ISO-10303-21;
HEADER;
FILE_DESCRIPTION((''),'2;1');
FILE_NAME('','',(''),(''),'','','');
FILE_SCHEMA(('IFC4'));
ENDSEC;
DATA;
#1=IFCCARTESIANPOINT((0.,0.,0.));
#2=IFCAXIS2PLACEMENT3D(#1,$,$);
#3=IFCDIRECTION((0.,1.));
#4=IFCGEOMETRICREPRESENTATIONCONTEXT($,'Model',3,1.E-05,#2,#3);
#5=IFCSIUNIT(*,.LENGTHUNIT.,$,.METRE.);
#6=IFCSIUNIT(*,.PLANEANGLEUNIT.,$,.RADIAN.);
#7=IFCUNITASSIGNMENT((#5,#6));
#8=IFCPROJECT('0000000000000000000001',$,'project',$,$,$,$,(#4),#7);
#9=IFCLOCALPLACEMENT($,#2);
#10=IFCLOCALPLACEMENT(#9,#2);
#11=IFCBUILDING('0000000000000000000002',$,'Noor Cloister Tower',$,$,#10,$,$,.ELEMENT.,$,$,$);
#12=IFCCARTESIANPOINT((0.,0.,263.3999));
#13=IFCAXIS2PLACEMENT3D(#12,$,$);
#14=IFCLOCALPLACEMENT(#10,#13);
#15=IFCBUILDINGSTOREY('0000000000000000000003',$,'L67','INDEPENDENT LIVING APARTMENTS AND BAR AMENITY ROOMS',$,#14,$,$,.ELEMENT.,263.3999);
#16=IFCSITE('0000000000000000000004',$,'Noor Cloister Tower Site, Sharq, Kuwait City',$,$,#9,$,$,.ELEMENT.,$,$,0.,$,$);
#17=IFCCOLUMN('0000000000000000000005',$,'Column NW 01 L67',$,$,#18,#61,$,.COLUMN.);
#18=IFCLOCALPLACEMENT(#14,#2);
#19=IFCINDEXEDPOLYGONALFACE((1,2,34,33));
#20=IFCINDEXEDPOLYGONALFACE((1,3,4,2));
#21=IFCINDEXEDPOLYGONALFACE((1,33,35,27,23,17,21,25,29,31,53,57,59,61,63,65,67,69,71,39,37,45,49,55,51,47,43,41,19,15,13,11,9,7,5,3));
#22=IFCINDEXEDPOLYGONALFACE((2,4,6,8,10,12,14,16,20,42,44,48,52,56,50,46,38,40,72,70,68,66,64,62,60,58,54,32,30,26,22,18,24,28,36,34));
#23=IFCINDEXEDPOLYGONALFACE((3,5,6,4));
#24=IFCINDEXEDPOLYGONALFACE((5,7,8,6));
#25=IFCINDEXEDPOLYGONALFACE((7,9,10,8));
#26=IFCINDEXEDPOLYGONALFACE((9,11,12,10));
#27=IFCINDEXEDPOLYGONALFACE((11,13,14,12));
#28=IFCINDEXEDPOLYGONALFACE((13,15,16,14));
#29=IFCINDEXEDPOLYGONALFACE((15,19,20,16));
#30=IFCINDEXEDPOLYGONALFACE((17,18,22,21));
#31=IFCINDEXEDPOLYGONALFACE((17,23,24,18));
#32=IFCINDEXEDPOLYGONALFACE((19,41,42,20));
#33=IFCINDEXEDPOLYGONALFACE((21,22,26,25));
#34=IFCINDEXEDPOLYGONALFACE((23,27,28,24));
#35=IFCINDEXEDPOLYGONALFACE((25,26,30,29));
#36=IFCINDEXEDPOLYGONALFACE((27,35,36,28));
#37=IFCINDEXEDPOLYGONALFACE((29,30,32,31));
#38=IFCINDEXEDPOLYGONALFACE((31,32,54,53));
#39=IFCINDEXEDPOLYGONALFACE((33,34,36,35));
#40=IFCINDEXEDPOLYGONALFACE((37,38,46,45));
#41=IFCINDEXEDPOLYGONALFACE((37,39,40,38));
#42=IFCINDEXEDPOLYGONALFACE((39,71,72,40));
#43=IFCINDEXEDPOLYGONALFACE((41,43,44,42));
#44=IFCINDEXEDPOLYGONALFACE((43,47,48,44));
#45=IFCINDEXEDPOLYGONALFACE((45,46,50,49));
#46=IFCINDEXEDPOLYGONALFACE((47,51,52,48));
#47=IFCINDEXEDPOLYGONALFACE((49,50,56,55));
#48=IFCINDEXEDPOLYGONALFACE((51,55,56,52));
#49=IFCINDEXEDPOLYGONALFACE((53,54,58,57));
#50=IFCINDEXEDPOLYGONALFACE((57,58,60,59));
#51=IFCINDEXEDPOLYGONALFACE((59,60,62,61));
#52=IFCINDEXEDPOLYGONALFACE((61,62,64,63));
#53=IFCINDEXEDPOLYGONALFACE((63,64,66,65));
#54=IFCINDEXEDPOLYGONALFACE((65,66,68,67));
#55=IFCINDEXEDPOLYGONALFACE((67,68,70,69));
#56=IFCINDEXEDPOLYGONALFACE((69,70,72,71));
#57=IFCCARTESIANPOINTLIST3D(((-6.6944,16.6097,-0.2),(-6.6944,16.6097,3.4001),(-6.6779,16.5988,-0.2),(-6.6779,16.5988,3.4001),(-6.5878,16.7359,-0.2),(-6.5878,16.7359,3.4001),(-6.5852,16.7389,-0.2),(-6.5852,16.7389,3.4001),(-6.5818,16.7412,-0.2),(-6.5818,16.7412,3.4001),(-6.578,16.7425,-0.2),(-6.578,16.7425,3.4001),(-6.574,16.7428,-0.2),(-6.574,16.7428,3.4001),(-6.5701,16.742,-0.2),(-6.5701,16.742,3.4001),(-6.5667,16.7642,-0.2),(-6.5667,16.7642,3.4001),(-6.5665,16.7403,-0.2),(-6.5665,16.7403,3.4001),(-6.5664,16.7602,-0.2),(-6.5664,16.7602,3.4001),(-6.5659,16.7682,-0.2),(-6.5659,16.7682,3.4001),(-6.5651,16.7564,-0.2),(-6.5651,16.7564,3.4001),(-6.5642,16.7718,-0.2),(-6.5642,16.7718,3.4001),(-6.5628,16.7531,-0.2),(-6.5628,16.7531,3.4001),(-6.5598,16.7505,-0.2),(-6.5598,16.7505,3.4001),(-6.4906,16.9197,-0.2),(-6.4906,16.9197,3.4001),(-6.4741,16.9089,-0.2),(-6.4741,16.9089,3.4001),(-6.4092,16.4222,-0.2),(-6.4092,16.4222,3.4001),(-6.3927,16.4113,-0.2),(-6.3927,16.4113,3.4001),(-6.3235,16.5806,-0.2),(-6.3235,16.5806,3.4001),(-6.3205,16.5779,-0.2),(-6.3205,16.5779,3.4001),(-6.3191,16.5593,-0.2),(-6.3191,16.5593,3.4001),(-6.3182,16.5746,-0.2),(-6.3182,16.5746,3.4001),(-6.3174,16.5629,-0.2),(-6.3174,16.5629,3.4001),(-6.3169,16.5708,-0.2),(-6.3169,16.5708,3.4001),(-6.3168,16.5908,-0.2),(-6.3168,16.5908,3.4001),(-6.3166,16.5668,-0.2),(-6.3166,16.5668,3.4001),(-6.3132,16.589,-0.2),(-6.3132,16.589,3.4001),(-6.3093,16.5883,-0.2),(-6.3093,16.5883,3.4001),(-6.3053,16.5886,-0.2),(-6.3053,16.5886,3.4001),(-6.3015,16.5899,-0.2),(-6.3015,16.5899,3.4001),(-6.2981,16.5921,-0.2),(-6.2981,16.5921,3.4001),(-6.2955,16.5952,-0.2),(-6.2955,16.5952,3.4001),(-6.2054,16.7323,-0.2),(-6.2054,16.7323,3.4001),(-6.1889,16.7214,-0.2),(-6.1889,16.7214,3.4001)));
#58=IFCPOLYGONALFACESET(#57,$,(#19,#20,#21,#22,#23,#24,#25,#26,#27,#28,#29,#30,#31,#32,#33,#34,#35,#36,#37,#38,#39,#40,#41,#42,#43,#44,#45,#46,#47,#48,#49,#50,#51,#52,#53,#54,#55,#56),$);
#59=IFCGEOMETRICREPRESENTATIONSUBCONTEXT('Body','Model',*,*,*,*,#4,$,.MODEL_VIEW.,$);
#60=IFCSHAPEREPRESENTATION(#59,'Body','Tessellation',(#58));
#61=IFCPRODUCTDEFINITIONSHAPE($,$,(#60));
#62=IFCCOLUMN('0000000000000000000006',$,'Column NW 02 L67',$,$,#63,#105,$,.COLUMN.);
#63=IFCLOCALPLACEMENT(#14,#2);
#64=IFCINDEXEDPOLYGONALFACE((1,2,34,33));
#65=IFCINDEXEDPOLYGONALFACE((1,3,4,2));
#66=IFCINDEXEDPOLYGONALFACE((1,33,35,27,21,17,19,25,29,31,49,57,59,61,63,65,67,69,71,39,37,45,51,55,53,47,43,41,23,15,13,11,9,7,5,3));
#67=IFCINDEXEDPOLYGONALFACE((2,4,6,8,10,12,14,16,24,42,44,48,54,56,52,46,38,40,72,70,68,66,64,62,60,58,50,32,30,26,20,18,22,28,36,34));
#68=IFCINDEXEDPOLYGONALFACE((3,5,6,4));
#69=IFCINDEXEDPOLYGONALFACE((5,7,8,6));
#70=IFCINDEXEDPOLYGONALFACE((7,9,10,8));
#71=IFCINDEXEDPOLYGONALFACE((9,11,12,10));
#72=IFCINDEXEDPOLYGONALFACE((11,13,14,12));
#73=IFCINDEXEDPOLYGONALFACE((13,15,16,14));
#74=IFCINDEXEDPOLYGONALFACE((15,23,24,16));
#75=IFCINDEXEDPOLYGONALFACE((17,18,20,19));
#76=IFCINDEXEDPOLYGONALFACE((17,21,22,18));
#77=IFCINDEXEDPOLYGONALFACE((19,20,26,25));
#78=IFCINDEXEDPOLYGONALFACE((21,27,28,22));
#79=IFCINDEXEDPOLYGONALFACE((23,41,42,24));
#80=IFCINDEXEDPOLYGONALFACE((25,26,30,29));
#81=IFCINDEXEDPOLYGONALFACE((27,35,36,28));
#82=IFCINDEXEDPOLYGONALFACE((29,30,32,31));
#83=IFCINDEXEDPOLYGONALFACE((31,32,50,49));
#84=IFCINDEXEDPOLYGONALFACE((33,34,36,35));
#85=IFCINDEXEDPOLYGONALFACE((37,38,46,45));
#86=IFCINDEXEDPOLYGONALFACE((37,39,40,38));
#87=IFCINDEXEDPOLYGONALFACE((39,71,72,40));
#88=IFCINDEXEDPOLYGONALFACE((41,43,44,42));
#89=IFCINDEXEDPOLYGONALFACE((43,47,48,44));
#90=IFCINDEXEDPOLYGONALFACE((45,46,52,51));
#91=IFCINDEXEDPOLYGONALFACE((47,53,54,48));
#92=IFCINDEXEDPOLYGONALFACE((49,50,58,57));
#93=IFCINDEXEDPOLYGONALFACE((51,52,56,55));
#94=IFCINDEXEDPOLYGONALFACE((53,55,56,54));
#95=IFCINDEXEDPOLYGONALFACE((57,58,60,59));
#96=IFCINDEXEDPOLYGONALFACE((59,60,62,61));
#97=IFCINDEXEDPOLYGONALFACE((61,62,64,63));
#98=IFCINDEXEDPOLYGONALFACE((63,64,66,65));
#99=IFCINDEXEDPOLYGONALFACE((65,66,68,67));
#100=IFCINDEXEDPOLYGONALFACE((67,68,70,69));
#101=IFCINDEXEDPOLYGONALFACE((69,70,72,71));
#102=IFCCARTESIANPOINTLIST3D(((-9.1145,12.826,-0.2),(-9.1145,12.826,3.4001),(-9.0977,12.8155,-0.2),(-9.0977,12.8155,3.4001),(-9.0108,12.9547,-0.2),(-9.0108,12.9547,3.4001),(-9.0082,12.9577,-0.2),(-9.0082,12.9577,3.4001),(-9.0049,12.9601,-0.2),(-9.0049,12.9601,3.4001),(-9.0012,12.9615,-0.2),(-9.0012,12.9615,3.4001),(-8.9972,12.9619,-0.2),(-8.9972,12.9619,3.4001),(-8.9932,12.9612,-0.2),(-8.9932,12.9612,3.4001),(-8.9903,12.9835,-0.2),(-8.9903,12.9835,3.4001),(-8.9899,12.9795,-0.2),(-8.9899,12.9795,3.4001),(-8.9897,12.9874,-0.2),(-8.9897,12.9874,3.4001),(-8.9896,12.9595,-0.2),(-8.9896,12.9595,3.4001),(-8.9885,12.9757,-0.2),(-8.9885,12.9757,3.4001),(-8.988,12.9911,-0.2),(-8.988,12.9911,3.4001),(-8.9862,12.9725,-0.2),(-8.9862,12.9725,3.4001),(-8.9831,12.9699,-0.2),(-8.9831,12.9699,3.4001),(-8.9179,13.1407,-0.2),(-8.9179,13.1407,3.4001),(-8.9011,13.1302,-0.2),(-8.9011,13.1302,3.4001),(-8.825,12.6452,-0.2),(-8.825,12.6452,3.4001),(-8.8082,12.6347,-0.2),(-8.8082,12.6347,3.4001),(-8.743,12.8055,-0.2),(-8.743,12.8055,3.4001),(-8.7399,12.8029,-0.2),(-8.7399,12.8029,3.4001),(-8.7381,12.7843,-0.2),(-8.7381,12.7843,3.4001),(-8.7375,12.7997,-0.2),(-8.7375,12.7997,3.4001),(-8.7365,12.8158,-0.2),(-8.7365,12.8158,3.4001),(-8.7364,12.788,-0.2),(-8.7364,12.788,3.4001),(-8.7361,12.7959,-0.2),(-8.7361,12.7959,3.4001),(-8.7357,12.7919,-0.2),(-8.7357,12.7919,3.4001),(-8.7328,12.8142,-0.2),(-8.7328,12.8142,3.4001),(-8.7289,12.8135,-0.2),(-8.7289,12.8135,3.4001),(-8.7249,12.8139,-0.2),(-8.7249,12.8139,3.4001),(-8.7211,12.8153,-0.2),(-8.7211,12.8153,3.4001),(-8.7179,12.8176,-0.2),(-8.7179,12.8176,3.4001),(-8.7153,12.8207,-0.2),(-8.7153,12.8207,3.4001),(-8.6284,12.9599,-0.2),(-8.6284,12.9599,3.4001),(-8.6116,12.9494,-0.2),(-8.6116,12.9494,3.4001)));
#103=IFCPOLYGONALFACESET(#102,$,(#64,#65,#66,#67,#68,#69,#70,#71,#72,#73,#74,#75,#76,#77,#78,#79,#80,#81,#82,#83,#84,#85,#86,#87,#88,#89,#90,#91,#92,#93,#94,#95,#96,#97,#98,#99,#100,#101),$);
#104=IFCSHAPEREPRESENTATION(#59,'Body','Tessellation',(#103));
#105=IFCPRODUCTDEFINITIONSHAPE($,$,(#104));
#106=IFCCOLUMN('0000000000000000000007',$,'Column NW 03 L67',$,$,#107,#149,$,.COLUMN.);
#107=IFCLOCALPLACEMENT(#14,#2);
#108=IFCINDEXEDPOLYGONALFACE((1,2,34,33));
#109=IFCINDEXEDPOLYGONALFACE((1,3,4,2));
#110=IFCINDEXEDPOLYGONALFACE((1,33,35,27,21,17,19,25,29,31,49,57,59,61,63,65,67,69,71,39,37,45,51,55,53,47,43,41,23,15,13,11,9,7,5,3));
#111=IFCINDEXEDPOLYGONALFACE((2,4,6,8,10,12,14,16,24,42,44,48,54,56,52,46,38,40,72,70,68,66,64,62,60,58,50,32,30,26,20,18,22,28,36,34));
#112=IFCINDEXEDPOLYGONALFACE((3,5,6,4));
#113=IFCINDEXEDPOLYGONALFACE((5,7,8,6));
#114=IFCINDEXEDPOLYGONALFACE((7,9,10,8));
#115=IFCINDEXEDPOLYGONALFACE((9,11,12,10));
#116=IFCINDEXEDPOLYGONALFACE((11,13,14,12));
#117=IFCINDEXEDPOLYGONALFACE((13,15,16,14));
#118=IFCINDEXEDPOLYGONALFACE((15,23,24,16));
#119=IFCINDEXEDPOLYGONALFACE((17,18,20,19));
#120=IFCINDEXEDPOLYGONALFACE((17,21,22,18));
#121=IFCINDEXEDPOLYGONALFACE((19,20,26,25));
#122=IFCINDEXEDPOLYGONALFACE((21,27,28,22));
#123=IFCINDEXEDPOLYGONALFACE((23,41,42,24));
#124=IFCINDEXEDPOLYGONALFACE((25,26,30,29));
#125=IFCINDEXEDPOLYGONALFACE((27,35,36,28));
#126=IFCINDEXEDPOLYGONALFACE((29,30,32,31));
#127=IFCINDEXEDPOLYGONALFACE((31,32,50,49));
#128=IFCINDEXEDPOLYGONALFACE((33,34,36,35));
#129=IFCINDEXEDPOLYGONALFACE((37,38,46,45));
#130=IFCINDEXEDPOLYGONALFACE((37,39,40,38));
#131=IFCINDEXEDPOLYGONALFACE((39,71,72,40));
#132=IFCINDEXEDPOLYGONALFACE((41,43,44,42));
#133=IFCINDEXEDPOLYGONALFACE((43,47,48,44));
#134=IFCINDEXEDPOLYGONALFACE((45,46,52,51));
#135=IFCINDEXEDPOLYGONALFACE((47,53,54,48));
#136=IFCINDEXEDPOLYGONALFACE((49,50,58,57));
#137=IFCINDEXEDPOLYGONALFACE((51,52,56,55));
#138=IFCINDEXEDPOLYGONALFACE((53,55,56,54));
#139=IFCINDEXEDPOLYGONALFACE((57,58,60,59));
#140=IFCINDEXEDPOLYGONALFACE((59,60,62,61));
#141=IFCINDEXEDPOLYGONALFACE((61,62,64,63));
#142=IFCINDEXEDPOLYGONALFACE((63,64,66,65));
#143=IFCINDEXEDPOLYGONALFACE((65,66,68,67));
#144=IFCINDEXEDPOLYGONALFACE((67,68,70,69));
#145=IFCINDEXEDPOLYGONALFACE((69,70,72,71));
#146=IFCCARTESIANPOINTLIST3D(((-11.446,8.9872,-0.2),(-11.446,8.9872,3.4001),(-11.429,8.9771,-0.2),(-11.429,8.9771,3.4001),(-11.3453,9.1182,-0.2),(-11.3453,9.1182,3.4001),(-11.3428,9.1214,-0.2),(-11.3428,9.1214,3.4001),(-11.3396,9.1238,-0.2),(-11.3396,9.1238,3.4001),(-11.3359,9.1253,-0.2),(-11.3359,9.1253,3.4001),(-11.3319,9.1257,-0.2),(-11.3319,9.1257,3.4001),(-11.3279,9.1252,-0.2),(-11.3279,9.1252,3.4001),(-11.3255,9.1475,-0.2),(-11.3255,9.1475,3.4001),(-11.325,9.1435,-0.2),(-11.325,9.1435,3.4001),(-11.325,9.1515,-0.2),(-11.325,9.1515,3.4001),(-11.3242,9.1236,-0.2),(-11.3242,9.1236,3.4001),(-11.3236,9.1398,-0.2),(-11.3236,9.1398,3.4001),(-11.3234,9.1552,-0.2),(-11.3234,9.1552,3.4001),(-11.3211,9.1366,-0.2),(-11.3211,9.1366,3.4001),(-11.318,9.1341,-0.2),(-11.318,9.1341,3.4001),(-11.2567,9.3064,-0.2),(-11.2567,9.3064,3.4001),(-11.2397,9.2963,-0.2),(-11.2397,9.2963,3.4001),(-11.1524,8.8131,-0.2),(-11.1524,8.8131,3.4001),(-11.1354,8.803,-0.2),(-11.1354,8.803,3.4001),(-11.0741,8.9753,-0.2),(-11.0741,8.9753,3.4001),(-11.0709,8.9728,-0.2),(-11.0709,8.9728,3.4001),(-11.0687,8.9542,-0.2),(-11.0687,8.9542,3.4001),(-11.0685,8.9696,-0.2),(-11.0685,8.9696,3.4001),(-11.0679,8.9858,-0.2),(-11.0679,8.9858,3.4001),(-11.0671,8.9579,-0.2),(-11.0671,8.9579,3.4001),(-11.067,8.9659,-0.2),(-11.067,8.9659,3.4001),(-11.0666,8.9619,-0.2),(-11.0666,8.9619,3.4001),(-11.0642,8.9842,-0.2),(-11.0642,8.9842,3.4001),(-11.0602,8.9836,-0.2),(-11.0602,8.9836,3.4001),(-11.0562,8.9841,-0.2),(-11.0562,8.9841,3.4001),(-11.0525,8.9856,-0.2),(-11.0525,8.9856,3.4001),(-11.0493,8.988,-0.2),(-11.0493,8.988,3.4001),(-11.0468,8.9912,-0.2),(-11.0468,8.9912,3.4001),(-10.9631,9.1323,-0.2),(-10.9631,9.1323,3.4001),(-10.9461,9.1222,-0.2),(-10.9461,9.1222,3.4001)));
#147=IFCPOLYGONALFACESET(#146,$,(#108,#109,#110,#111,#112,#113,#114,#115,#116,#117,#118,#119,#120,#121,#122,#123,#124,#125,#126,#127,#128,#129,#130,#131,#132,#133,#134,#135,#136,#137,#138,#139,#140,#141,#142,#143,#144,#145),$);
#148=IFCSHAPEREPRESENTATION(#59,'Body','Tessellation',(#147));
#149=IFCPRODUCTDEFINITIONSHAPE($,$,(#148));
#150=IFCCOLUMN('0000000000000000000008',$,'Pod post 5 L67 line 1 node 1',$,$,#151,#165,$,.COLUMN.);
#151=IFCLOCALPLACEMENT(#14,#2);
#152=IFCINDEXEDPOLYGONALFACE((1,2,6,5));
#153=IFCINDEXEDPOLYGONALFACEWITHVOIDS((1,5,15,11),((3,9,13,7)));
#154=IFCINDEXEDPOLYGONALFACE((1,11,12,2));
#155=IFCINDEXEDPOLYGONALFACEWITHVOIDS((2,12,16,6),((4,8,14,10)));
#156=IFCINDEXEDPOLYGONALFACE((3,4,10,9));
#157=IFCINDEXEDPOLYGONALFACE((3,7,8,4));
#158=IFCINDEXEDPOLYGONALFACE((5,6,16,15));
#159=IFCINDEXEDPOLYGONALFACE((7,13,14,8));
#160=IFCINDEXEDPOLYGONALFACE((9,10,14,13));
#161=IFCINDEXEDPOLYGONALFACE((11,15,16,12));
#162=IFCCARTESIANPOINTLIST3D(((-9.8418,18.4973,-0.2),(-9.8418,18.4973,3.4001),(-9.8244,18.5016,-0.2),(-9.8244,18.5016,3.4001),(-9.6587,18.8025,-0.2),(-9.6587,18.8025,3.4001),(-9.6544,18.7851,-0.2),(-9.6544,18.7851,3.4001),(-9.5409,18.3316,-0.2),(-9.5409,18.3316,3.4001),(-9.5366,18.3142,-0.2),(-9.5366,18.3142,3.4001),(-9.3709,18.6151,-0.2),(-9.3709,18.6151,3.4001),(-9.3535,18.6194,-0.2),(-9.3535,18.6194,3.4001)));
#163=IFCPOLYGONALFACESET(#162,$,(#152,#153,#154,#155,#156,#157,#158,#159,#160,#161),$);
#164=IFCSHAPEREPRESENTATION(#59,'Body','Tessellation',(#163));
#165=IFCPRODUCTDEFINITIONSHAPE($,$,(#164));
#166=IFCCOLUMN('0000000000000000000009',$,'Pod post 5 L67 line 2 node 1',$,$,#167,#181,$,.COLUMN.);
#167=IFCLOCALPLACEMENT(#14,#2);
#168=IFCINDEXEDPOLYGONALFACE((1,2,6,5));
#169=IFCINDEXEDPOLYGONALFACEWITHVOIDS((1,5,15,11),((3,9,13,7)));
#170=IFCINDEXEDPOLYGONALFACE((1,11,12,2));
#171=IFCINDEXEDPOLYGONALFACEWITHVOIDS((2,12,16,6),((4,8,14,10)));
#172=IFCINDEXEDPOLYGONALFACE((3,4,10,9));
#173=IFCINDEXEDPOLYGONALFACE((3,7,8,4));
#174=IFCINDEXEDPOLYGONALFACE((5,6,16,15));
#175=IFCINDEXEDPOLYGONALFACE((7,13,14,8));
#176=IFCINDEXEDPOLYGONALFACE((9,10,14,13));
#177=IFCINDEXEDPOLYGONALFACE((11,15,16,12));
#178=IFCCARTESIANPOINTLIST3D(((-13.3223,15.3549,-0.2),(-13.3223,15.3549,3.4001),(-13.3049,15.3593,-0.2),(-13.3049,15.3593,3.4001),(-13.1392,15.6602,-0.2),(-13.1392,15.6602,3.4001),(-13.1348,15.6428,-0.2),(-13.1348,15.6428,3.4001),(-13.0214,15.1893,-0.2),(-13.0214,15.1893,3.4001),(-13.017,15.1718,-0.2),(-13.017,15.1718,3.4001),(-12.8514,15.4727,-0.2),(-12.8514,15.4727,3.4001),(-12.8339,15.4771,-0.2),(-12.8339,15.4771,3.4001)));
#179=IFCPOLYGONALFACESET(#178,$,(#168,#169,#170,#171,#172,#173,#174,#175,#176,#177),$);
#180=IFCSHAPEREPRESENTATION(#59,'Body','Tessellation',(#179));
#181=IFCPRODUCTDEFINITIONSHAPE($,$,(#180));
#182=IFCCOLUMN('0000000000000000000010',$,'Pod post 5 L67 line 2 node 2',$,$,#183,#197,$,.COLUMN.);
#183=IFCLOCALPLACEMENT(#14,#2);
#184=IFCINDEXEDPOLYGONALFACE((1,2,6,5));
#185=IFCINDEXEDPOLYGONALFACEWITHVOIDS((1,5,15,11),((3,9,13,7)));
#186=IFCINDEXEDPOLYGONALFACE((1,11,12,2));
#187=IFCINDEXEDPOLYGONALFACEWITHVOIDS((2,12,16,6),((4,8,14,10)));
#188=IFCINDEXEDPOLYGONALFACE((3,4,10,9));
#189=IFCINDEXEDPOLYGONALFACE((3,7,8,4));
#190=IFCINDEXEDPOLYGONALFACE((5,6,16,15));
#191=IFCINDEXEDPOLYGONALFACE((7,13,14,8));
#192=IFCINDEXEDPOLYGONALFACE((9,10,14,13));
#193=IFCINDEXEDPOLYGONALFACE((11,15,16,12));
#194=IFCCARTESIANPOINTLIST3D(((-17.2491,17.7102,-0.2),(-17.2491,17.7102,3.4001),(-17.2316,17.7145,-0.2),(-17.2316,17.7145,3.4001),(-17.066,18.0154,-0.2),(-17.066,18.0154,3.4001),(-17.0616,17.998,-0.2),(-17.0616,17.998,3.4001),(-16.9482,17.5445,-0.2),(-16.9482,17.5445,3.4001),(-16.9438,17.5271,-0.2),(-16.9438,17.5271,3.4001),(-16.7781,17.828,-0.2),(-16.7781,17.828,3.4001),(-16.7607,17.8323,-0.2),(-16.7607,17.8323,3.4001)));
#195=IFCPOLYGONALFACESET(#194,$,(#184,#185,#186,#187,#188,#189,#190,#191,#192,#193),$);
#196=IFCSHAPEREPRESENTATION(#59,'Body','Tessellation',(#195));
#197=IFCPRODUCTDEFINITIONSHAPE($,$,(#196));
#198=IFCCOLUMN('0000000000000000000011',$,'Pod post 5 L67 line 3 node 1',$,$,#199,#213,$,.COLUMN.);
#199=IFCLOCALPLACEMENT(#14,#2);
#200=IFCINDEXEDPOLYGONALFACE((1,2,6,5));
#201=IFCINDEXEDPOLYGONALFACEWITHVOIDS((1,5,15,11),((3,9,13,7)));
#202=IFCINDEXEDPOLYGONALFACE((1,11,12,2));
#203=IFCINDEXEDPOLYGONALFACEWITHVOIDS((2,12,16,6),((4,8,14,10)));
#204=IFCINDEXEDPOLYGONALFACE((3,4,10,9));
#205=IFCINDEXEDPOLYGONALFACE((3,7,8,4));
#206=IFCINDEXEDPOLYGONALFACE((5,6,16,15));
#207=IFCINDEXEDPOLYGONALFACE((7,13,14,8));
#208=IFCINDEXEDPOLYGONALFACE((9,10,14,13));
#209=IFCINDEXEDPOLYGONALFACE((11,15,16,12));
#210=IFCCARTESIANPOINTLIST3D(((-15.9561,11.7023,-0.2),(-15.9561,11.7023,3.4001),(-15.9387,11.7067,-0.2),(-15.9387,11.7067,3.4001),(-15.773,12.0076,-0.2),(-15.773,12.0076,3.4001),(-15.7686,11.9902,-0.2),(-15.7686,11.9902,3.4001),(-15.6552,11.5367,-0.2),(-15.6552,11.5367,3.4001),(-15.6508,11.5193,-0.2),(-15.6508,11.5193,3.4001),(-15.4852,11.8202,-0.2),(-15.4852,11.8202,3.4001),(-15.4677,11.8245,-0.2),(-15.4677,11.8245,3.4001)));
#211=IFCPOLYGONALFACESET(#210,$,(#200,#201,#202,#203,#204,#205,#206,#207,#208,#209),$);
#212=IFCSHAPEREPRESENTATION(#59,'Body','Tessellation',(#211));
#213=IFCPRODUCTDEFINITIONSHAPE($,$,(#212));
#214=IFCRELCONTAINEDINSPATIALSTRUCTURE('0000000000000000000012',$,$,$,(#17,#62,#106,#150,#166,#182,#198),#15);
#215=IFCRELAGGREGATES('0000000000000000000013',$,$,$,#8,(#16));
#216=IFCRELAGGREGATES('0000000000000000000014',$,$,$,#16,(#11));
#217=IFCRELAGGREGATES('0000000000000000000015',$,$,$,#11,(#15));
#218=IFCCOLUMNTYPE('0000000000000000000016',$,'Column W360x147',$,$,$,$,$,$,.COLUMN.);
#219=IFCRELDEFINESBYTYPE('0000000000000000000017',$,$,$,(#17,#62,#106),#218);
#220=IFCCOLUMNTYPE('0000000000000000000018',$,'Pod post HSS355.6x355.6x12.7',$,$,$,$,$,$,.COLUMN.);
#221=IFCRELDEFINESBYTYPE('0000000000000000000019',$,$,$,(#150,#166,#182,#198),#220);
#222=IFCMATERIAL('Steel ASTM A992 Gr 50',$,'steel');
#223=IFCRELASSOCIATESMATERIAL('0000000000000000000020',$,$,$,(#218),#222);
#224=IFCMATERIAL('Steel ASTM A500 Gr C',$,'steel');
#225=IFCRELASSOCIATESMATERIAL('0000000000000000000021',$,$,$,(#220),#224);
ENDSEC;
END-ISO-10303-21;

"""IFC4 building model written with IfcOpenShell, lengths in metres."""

from ifc_helpers import new_model, si_unit, direction, frame, origin, origin_2d, place, context, subcontext, project, spatial, hollow_rectangle, i_section, extrude, material, material_profile, profile_set, type_object, element, save


model = new_model("IFC4")

# Units and contexts
model_context = context("Model", 3, precision=1e-05, world=origin(), true_north=direction((0.0, 1.0)))
body_context = subcontext(model_context, "Body", "Model", "MODEL_VIEW")
ifc_project = project(units=[si_unit("LENGTHUNIT", "METRE"), si_unit("PLANEANGLEUNIT", "RADIAN")], contexts=[model_context])

# Site, building, storey
site_placement = place(None, origin())
site = spatial("IfcSite", under=ifc_project, at=site_placement, Name="Noor Cloister Tower Site, Sharq, Kuwait City", CompositionType="ELEMENT", RefElevation=0.0)
building_placement = place(site_placement, origin())
building = spatial("IfcBuilding", under=site, at=building_placement, Name="Noor Cloister Tower", CompositionType="ELEMENT")
storey_placement = place(building_placement, frame((0.0, 0.0, 263.3999)))
storey = spatial("IfcBuildingStorey", under=building, at=storey_placement, Name="L67", Description="INDEPENDENT LIVING APARTMENTS AND BAR AMENITY ROOMS", CompositionType="ELEMENT", Elevation=263.3999)

# Columns
ifc_material_1 = material(Name="Steel ASTM A992 Gr 50", Category="steel")
ifc_material_profile_1 = material_profile(ifc_material_1, i_section(OverallWidth=0.3711, OverallDepth=0.3611, WebThickness=0.0122, FlangeThickness=0.0198, FilletRadius=0.0154, at=origin_2d()), Name="W360x147")
ifc_profile_set_1 = profile_set([ifc_material_profile_1], Name="Steel ASTM A992 Gr 50")
column_type_1 = type_object("IfcColumnType", Name="Column W360x147", PredefinedType="COLUMN", material=ifc_profile_set_1)
for number, where, z_axis, x_axis, name in (
    (1, (-6.4417, 16.6655, -0.2), (0.0, 0.0, 1.0), (-0.549345, -0.835596, 0.0), "Column NW 01 L67"),
    (2, (-8.863, 12.8877, -0.2), (0.0, 0.0, 1.0), (-0.529819, -0.848111, 0.0), "Column NW 02 L67"),
    (3, (-11.196, 9.0547, -0.2), (0.0, 0.0, 1.0), (-0.510009, -0.860169, 0.0), "Column NW 03 L67"),
):
    element("IfcColumn", number, at=place(storey_placement, frame(where, z_axis=z_axis, x_axis=x_axis)), inside=storey, type_object=column_type_1, Name=name, PredefinedType="COLUMN", context=body_context, shape_type="SweptSolid", body=[
        extrude(i_section(OverallWidth=0.3711, OverallDepth=0.3611, WebThickness=0.0122, FlangeThickness=0.0198, FilletRadius=0.0154, at=origin_2d()), origin(), (0.0, 0.0, 1.0), 3.6001),
    ])
ifc_material_2 = material(Name="Steel ASTM A500 Gr C", Category="steel")
ifc_material_profile_2 = material_profile(ifc_material_2, hollow_rectangle(XDim=0.356, YDim=0.356, WallThickness=0.0127, at=origin_2d()), Name="HSS355.6x355.6x12.7")
ifc_profile_set_2 = profile_set([ifc_material_profile_2], Name="Steel ASTM A500 Gr C")
column_type_2 = type_object("IfcColumnType", Name="Pod post HSS355.6x355.6x12.7", PredefinedType="COLUMN", material=ifc_profile_set_2)
for number, where, z_axis, x_axis, name in (
    (4, (-9.5977, 18.5583, -0.2), (0.0, 0.0, 1.0), (-0.857567, 0.514373, 0.0), "Pod post 5 L67 line 1 node 1"),
    (5, (-13.0781, 15.416, -0.2), (0.0, 0.0, 1.0), (-0.857567, 0.514373, 0.0), "Pod post 5 L67 line 2 node 1"),
    (6, (-17.0049, 17.7712, -0.2), (0.0, 0.0, 1.0), (-0.857567, 0.514373, 0.0), "Pod post 5 L67 line 2 node 2"),
    (7, (-15.7119, 11.7634, -0.2), (0.0, 0.0, 1.0), (-0.857567, 0.514373, 0.0), "Pod post 5 L67 line 3 node 1"),
):
    element("IfcColumn", number, at=place(storey_placement, frame(where, z_axis=z_axis, x_axis=x_axis)), inside=storey, type_object=column_type_2, Name=name, PredefinedType="COLUMN", context=body_context, shape_type="SweptSolid", body=[
        extrude(hollow_rectangle(XDim=0.356, YDim=0.356, WallThickness=0.0127, at=origin_2d()), origin(), (0.0, 0.0, 1.0), 3.6001),
    ])

save(model, "model.ifc")
